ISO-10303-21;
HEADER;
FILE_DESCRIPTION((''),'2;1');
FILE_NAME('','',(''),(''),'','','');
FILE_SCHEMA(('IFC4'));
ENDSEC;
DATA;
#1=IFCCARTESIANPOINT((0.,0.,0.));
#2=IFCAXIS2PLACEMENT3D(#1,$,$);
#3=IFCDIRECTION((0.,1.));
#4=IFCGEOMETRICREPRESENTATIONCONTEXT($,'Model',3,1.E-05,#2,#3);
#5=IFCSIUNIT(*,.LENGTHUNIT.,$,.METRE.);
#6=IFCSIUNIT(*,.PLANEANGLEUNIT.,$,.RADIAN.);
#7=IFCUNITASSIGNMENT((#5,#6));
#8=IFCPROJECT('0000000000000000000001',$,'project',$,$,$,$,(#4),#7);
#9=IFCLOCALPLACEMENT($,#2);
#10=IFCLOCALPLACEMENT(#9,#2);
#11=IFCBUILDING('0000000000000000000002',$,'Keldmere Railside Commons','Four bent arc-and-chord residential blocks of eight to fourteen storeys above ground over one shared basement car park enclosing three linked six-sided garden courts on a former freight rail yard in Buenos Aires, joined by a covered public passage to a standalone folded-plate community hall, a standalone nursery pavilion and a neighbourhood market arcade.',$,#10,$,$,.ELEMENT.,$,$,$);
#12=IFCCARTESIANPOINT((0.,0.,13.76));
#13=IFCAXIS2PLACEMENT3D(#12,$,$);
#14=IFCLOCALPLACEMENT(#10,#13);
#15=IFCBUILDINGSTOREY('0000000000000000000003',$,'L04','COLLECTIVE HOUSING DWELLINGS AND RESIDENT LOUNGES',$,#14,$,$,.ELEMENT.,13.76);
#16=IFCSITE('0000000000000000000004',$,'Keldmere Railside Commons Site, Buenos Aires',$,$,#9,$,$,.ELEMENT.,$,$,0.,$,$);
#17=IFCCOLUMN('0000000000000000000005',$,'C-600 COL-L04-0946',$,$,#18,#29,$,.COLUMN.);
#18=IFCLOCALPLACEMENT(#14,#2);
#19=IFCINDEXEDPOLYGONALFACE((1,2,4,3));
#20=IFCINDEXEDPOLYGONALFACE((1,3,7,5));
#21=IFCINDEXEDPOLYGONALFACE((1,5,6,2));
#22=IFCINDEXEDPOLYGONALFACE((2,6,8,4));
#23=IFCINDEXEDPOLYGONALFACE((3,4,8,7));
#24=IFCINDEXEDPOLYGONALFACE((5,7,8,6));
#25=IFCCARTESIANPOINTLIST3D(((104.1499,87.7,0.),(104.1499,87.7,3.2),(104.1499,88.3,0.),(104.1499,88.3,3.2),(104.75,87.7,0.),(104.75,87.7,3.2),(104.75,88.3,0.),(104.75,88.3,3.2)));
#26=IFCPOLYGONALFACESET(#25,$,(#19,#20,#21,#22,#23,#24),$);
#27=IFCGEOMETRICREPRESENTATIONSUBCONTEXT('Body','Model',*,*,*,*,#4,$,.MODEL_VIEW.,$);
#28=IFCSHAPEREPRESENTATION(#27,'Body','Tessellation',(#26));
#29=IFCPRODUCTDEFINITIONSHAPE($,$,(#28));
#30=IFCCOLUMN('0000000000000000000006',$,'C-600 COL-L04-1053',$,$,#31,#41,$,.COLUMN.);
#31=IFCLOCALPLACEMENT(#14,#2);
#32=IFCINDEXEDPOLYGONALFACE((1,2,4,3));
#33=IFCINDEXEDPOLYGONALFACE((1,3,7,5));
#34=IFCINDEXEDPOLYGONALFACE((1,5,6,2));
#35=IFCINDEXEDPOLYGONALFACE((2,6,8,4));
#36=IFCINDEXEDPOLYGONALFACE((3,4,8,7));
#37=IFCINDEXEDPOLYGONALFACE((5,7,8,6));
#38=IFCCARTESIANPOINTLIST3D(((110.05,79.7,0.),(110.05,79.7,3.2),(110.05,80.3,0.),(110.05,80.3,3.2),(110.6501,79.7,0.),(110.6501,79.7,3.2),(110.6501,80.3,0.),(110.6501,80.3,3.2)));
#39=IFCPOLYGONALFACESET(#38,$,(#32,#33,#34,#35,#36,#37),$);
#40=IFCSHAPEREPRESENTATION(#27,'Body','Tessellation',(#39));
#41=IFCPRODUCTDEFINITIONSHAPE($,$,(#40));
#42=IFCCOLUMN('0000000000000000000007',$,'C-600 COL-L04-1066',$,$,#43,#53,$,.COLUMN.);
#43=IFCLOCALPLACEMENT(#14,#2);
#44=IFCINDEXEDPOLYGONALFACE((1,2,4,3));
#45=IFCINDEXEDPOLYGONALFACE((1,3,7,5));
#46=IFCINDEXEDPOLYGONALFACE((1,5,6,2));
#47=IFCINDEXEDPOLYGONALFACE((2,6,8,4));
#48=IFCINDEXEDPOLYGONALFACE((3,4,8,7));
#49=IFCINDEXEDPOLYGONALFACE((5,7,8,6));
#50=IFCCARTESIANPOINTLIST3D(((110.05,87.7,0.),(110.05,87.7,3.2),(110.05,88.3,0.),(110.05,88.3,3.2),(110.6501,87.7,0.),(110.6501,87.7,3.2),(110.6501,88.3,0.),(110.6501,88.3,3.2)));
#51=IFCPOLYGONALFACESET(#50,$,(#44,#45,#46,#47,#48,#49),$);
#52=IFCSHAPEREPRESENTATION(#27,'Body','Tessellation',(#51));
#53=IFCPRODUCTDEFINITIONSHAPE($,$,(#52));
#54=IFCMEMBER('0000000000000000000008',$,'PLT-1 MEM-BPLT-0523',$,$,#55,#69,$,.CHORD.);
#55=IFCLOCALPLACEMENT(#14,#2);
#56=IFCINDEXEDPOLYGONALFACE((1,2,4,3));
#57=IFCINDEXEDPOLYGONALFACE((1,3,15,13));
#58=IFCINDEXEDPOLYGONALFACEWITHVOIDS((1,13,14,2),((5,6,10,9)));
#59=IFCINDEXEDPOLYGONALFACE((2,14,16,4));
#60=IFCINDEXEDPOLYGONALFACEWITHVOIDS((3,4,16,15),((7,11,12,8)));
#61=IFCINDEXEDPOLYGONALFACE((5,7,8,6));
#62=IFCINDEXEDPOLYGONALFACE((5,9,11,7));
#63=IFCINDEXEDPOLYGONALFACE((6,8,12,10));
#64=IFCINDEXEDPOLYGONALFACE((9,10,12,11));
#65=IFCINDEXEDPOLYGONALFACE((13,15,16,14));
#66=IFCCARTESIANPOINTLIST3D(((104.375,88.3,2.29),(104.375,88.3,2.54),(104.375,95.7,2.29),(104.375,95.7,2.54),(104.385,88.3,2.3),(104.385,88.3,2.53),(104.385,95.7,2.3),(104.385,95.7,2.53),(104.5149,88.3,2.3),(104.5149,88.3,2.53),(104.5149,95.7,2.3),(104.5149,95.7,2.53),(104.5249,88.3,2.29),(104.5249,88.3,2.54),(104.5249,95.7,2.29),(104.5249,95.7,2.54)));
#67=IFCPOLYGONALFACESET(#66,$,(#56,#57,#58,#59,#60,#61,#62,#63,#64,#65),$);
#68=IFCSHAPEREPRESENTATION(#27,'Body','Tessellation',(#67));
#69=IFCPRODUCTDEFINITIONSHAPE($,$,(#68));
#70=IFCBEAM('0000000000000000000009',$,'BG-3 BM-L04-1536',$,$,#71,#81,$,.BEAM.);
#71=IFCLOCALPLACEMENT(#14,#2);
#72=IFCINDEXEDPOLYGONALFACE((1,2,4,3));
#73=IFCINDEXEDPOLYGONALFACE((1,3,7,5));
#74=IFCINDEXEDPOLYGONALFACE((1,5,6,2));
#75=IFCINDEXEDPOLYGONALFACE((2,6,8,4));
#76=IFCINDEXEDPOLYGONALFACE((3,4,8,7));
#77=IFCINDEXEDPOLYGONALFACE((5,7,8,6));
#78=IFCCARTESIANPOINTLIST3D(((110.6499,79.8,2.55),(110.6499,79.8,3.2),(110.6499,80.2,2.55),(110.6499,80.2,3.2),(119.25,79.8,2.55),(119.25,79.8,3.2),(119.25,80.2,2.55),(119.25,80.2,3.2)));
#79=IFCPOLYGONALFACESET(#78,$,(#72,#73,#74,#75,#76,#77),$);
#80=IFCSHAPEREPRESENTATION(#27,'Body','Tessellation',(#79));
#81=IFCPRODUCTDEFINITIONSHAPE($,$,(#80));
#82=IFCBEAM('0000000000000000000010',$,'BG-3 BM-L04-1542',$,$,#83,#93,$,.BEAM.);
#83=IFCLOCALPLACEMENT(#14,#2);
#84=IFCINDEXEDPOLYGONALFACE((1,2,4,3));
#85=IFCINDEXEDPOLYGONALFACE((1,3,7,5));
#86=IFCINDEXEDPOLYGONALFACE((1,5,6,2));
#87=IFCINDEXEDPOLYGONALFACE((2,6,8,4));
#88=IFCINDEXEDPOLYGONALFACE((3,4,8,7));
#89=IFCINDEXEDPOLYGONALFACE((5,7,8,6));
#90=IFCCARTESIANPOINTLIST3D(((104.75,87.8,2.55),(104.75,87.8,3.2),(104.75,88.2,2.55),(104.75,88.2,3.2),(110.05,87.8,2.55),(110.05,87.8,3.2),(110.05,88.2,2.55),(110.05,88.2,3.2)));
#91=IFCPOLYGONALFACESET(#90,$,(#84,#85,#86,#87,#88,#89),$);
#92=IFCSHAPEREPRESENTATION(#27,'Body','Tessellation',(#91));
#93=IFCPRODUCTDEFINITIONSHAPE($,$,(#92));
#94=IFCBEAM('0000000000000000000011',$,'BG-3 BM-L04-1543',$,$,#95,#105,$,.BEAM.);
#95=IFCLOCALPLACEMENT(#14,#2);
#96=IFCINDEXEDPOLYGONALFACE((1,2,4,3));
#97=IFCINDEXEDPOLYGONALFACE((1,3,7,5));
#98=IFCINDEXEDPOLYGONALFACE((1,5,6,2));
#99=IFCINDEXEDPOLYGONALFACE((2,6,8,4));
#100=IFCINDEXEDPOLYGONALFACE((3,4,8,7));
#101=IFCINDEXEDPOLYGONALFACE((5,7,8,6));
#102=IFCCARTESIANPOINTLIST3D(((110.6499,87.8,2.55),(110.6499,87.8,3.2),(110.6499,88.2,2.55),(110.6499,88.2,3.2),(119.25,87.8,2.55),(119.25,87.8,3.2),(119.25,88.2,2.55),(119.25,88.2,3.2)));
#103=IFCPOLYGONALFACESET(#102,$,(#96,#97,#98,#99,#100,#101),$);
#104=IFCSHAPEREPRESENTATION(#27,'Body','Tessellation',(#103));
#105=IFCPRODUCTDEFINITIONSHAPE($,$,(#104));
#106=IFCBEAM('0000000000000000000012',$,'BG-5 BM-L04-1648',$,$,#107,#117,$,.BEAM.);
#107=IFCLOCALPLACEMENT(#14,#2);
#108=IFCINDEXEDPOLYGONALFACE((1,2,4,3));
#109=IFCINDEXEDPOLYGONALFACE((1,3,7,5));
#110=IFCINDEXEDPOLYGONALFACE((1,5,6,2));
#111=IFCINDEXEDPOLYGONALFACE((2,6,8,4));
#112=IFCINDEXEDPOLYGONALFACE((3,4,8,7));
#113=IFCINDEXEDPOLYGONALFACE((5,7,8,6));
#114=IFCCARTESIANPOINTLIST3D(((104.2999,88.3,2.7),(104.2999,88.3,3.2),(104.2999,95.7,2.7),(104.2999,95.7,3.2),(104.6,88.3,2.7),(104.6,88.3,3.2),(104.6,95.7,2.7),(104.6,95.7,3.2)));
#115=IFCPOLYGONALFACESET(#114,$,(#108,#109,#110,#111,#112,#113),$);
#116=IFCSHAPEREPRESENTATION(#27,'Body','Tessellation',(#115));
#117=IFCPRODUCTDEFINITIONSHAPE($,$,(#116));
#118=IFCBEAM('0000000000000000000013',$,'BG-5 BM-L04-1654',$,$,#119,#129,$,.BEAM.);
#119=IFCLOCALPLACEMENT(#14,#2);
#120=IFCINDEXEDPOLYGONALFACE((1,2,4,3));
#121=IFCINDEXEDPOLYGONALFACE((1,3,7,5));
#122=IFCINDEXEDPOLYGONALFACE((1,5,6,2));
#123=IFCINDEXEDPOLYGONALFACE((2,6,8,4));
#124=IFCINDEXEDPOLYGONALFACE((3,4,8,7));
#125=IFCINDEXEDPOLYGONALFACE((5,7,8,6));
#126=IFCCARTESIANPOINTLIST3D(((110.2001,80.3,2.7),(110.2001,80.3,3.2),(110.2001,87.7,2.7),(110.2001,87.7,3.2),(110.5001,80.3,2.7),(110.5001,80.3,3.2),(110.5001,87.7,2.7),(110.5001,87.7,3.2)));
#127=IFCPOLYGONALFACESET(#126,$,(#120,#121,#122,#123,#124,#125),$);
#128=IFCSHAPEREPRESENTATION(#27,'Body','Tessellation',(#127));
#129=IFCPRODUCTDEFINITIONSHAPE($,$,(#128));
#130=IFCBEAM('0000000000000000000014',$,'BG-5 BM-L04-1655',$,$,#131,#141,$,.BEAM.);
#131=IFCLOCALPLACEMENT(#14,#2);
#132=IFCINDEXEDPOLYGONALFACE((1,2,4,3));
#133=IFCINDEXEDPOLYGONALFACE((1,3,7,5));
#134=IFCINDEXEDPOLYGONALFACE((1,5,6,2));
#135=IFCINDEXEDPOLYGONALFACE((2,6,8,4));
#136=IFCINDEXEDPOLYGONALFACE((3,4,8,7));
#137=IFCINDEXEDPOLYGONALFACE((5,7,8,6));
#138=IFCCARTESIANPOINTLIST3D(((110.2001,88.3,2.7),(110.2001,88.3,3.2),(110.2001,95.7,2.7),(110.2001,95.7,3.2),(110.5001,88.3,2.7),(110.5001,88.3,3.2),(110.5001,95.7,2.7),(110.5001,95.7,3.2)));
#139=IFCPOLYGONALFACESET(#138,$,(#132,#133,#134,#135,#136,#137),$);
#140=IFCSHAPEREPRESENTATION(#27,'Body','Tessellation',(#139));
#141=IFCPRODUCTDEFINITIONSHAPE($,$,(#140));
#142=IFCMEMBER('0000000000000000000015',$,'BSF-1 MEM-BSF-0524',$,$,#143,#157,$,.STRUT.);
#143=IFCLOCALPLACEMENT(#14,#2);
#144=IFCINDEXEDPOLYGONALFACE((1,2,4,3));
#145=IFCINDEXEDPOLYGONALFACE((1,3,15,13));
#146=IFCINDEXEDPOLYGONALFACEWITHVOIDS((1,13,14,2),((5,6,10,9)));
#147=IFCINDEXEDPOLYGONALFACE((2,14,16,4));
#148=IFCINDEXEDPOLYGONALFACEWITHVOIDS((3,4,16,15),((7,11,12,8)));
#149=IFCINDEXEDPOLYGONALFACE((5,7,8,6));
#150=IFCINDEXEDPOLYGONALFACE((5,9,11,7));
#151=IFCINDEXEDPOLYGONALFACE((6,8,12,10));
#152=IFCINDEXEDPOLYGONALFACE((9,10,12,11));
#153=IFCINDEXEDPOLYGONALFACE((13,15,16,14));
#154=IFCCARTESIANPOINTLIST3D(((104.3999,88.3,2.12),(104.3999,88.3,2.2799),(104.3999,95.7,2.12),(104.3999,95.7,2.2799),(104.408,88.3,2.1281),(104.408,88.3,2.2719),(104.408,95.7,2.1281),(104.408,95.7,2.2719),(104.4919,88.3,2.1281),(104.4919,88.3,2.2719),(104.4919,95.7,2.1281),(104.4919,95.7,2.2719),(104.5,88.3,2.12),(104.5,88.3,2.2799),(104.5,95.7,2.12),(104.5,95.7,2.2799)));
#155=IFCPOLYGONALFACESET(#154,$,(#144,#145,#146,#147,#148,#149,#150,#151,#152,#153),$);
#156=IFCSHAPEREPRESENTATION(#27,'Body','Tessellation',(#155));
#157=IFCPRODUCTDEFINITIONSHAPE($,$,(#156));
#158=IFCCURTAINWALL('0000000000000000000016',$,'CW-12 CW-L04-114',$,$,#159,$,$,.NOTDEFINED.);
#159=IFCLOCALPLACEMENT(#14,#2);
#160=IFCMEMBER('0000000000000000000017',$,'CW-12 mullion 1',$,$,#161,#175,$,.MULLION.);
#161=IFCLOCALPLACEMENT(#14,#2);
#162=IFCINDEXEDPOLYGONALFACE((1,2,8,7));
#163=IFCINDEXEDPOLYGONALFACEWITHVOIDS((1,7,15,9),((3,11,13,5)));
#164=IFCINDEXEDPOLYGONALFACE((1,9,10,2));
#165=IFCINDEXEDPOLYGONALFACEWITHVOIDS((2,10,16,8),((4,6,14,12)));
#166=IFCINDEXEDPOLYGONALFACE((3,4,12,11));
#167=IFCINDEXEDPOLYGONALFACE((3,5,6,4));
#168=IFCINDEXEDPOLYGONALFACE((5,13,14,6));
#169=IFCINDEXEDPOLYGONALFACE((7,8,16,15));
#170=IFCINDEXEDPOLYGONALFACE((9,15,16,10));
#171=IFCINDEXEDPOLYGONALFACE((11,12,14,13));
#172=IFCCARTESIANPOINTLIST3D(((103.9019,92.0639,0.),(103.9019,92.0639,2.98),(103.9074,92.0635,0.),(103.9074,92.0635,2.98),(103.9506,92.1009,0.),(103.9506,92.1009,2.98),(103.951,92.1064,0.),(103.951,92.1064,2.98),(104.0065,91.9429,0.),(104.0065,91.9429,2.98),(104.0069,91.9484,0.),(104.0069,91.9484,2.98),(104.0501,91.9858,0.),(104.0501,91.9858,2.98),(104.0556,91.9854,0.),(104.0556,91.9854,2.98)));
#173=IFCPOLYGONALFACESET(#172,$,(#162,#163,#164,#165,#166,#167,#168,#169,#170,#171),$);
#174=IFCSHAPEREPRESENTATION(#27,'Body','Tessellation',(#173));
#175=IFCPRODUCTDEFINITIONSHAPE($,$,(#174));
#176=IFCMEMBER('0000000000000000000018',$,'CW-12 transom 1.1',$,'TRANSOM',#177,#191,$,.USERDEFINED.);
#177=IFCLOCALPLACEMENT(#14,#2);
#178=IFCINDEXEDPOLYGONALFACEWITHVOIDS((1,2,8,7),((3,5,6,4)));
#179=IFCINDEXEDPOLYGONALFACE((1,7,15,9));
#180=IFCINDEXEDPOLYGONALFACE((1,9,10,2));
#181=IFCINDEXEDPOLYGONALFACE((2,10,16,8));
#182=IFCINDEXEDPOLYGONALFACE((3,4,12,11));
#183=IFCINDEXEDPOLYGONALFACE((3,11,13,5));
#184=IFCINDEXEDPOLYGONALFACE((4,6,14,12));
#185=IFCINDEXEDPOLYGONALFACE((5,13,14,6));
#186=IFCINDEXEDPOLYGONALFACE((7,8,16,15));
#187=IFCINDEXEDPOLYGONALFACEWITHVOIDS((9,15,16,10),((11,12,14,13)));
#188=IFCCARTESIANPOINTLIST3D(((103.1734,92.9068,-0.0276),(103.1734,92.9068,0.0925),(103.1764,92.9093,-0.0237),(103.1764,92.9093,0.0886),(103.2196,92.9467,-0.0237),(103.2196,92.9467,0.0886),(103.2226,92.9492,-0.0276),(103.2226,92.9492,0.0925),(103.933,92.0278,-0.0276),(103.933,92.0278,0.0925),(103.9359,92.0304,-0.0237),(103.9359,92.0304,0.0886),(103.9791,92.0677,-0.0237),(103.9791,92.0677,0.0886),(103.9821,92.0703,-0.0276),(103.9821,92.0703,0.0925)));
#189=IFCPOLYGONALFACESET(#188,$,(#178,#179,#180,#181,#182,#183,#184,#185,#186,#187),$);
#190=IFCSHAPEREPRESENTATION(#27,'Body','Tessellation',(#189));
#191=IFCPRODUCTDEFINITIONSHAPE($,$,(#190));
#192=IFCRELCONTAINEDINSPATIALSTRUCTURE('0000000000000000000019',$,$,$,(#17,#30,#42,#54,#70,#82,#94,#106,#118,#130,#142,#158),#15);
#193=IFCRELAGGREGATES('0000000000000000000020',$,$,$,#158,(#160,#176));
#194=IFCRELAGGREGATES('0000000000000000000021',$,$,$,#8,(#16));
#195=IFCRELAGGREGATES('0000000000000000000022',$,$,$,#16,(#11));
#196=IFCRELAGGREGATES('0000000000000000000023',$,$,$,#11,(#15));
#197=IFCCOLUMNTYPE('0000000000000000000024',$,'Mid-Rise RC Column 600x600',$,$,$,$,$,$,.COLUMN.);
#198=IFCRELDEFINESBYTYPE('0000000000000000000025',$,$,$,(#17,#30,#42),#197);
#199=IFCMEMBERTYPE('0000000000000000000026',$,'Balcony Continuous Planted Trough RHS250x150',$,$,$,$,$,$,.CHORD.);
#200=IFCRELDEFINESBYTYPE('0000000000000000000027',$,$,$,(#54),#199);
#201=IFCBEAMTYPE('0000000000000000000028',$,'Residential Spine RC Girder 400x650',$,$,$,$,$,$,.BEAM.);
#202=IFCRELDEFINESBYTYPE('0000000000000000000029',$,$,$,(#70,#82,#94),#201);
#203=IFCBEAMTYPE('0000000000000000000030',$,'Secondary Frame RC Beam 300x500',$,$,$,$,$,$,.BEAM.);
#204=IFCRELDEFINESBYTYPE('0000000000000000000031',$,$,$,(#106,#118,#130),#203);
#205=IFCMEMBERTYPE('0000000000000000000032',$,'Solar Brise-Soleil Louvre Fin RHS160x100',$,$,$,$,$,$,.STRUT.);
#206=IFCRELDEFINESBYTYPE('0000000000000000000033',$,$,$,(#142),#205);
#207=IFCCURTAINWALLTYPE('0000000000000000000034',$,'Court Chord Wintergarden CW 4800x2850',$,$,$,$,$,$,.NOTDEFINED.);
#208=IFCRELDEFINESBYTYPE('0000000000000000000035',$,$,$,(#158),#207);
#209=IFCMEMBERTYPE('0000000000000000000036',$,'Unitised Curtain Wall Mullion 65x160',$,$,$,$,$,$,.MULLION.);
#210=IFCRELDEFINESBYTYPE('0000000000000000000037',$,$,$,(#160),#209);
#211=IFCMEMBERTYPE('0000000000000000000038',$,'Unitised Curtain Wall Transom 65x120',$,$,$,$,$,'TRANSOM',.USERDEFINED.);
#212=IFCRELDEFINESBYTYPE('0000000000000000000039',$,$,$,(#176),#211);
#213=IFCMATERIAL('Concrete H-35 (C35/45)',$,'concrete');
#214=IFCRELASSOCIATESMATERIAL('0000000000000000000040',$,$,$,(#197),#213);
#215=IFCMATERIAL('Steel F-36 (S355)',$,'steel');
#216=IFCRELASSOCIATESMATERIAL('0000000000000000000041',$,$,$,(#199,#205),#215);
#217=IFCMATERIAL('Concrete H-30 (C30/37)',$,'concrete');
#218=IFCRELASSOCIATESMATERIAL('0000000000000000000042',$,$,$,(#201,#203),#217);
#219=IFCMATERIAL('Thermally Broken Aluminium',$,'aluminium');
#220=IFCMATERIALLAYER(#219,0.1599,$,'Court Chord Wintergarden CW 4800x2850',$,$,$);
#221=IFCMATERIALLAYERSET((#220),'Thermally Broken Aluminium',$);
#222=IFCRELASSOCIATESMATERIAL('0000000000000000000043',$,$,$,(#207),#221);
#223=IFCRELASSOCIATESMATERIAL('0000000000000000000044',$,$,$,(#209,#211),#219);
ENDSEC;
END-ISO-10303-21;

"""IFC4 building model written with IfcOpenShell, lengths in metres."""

from ifc_helpers import new_model, si_unit, direction, frame, origin, origin_2d, place, context, subcontext, project, spatial, rectangle, hollow_rectangle, extrude, material, layer, layer_set, material_profile, profile_set, type_object, element, aggregate, save


model = new_model("IFC4")

# Units and contexts
model_context = context("Model", 3, precision=1e-05, world=origin(), true_north=direction((0.0, 1.0)))
body_context = subcontext(model_context, "Body", "Model", "MODEL_VIEW")
ifc_project = project(units=[si_unit("LENGTHUNIT", "METRE"), si_unit("PLANEANGLEUNIT", "RADIAN")], contexts=[model_context])

# Site, building, storey
site_placement = place(None, origin())
site = spatial("IfcSite", under=ifc_project, at=site_placement, Name="Keldmere Railside Commons Site, Buenos Aires", CompositionType="ELEMENT", RefElevation=0.0)
building_placement = place(site_placement, origin())
building = spatial("IfcBuilding", under=site, at=building_placement, Name="Keldmere Railside Commons", Description="Four bent arc-and-chord residential blocks of eight to fourteen storeys above ground over one shared basement car park enclosing three linked six-sided garden courts on a former freight rail yard in Buenos Aires, joined by a covered public passage to a standalone folded-plate community hall, a standalone nursery pavilion and a neighbourhood market arcade.", CompositionType="ELEMENT")
storey_placement = place(building_placement, frame((0.0, 0.0, 13.76)))
storey = spatial("IfcBuildingStorey", under=building, at=storey_placement, Name="L04", Description="COLLECTIVE HOUSING DWELLINGS AND RESIDENT LOUNGES", CompositionType="ELEMENT", Elevation=13.76)

# Columns
ifc_material_1 = material(Name="Concrete H-35 (C35/45)", Category="concrete")
ifc_material_profile_1 = material_profile(ifc_material_1, rectangle(XDim=0.6001, YDim=0.6001, at=origin_2d()), Name="RC-600x600")
ifc_profile_set_1 = profile_set([ifc_material_profile_1], Name="Concrete H-35 (C35/45)")
column_type = type_object("IfcColumnType", Name="Mid-Rise RC Column 600x600", PredefinedType="COLUMN", material=ifc_profile_set_1)
for number, where, z_axis, x_axis, name in (
    (1, (104.45, 88.0, 0.0), (0.0, 0.0, 1.0), (1.0, 0.0, 0.0), "C-600 COL-L04-0946"),
    (2, (110.3501, 80.0, 0.0), (0.0, 0.0, 1.0), (1.0, 0.0, 0.0), "C-600 COL-L04-1053"),
    (3, (110.3501, 88.0, 0.0), (0.0, 0.0, 1.0), (1.0, 0.0, 0.0), "C-600 COL-L04-1066"),
):
    element("IfcColumn", number, at=place(storey_placement, frame(where, z_axis=z_axis, x_axis=x_axis)), inside=storey, type_object=column_type, Name=name, PredefinedType="COLUMN", context=body_context, shape_type="SweptSolid", body=[
        extrude(rectangle(XDim=0.6001, YDim=0.6001, at=origin_2d()), origin(), (0.0, 0.0, 1.0), 3.2),
    ])

# Member
ifc_material_2 = material(Name="Steel F-36 (S355)", Category="steel")
ifc_material_profile_2 = material_profile(ifc_material_2, hollow_rectangle(XDim=0.1499, YDim=0.25, WallThickness=0.01, at=origin_2d()), Name="RHS-250x150x10")
ifc_profile_set_2 = profile_set([ifc_material_profile_2], Name="Steel F-36 (S355)")
member_type_1 = type_object("IfcMemberType", Name="Balcony Continuous Planted Trough RHS250x150", PredefinedType="CHORD", material=ifc_profile_set_2)
member_1_placement = place(storey_placement, frame((104.45, 88.3, 2.415), z_axis=(0.0, 1.0, 0.0), x_axis=(-1.0, 0.0, 0.0)))
element("IfcMember", 4, at=member_1_placement, inside=storey, type_object=member_type_1, Name="PLT-1 MEM-BPLT-0523", PredefinedType="CHORD", context=body_context, shape_type="SweptSolid", body=[
    extrude(hollow_rectangle(XDim=0.1499, YDim=0.25, WallThickness=0.01, at=origin_2d()), origin(), (0.0, 0.0, 1.0), 7.3999),
])

# Beams
ifc_material_3 = material(Name="Concrete H-30 (C30/37)", Category="concrete")
ifc_material_profile_3 = material_profile(ifc_material_3, rectangle(XDim=0.3999, YDim=0.6499, at=origin_2d()), Name="RC-400x650")
ifc_profile_set_3 = profile_set([ifc_material_profile_3], Name="Concrete H-30 (C30/37)")
beam_type_1 = type_object("IfcBeamType", Name="Residential Spine RC Girder 400x650", PredefinedType="BEAM", material=ifc_profile_set_3)
beam_1_placement = place(storey_placement, frame((110.6499, 80.0, 2.875), z_axis=(1.0, 0.0, 0.0), x_axis=(0.0, 1.0, 0.0)))
element("IfcBeam", 5, at=beam_1_placement, inside=storey, type_object=beam_type_1, Name="BG-3 BM-L04-1536", PredefinedType="BEAM", context=body_context, shape_type="SweptSolid", body=[
    extrude(rectangle(XDim=0.3999, YDim=0.6499, at=origin_2d()), origin(), (0.0, 0.0, 1.0), 8.6001),
])
beam_2_placement = place(storey_placement, frame((104.75, 88.0, 2.875), z_axis=(1.0, 0.0, 0.0), x_axis=(0.0, 1.0, 0.0)))
element("IfcBeam", 6, at=beam_2_placement, inside=storey, type_object=beam_type_1, Name="BG-3 BM-L04-1542", PredefinedType="BEAM", context=body_context, shape_type="SweptSolid", body=[
    extrude(rectangle(XDim=0.3999, YDim=0.6499, at=origin_2d()), origin(), (0.0, 0.0, 1.0), 5.3),
])
beam_3_placement = place(storey_placement, frame((110.6499, 88.0, 2.875), z_axis=(1.0, 0.0, 0.0), x_axis=(0.0, 1.0, 0.0)))
element("IfcBeam", 7, at=beam_3_placement, inside=storey, type_object=beam_type_1, Name="BG-3 BM-L04-1543", PredefinedType="BEAM", context=body_context, shape_type="SweptSolid", body=[
    extrude(rectangle(XDim=0.3999, YDim=0.6499, at=origin_2d()), origin(), (0.0, 0.0, 1.0), 8.6001),
])
ifc_material_profile_4 = material_profile(ifc_material_3, rectangle(XDim=0.3, YDim=0.5, at=origin_2d()), Name="RC-300x500")
ifc_profile_set_4 = profile_set([ifc_material_profile_4], Name="Concrete H-30 (C30/37)")
beam_type_2 = type_object("IfcBeamType", Name="Secondary Frame RC Beam 300x500", PredefinedType="BEAM", material=ifc_profile_set_4)
for number, where, z_axis, x_axis, name in (
    (8, (104.45, 88.3, 2.95), (0.0, 1.0, 0.0), (-1.0, 0.0, 0.0), "BG-5 BM-L04-1648"),
    (9, (110.3501, 80.3, 2.95), (0.0, 1.0, 0.0), (-1.0, 0.0, 0.0), "BG-5 BM-L04-1654"),
    (10, (110.3501, 88.3, 2.95), (0.0, 1.0, 0.0), (-1.0, 0.0, 0.0), "BG-5 BM-L04-1655"),
):
    element("IfcBeam", number, at=place(storey_placement, frame(where, z_axis=z_axis, x_axis=x_axis)), inside=storey, type_object=beam_type_2, Name=name, PredefinedType="BEAM", context=body_context, shape_type="SweptSolid", body=[
        extrude(rectangle(XDim=0.3, YDim=0.5, at=origin_2d()), origin(), (0.0, 0.0, 1.0), 7.3999),
    ])

# Member
ifc_material_profile_5 = material_profile(ifc_material_2, hollow_rectangle(XDim=0.1001, YDim=0.1599, WallThickness=0.0081, at=origin_2d()), Name="RHS-160x100x8")
ifc_profile_set_5 = profile_set([ifc_material_profile_5], Name="Steel F-36 (S355)")
member_type_2 = type_object("IfcMemberType", Name="Solar Brise-Soleil Louvre Fin RHS160x100", PredefinedType="STRUT", material=ifc_profile_set_5)
member_2_placement = place(storey_placement, frame((104.45, 88.3, 2.2), z_axis=(0.0, 1.0, 0.0), x_axis=(-1.0, 0.0, 0.0)))
element("IfcMember", 11, at=member_2_placement, inside=storey, type_object=member_type_2, Name="BSF-1 MEM-BSF-0524", PredefinedType="STRUT", context=body_context, shape_type="SweptSolid", body=[
    extrude(hollow_rectangle(XDim=0.1001, YDim=0.1599, WallThickness=0.0081, at=origin_2d()), origin(), (0.0, 0.0, 1.0), 7.3999),
])

# Curtain wall, members
ifc_material_4 = material(Name="Thermally Broken Aluminium", Category="aluminium")
ifc_layer_1 = layer(ifc_material_4, 0.1599, Name="Court Chord Wintergarden CW 4800x2850")
ifc_layer_set_1 = layer_set([ifc_layer_1], Name="Thermally Broken Aluminium")
curtain_wall_type = type_object("IfcCurtainWallType", Name="Court Chord Wintergarden CW 4800x2850", PredefinedType="NOTDEFINED", material=ifc_layer_set_1)
curtain_wall_placement = place(storey_placement, origin())
curtain_wall = element("IfcCurtainWall", 12, at=curtain_wall_placement, inside=storey, type_object=curtain_wall_type, Name="CW-12 CW-L04-114", PredefinedType="NOTDEFINED")
ifc_material_profile_6 = material_profile(ifc_material_4, hollow_rectangle(XDim=0.0649, YDim=0.1599, WallThickness=0.0039, at=origin_2d()), Name="ALU-MULL-65x160")
ifc_profile_set_6 = profile_set([ifc_material_profile_6], Name="Thermally Broken Aluminium")
member_type_3 = type_object("IfcMemberType", Name="Unitised Curtain Wall Mullion 65x160", PredefinedType="MULLION", material=ifc_profile_set_6)
member_3_placement = place(storey_placement, frame((103.9788, 92.0247, 0.0), z_axis=(0.0, 0.0, 1.0), x_axis=(-0.756597, -0.653882, 0.0)))
member_3 = element("IfcMember", 13, at=member_3_placement, type_object=member_type_3, Name="CW-12 mullion 1", PredefinedType="MULLION", context=body_context, shape_type="SweptSolid", body=[
    extrude(hollow_rectangle(XDim=0.0649, YDim=0.1599, WallThickness=0.0039, at=origin_2d()), origin(), (0.0, 0.0, 1.0), 2.98),
])
ifc_material_profile_7 = material_profile(ifc_material_4, hollow_rectangle(XDim=0.0649, YDim=0.1201, WallThickness=0.0039, at=origin_2d()), Name="ALU-TRAN-65x120")
ifc_profile_set_7 = profile_set([ifc_material_profile_7], Name="Thermally Broken Aluminium")
member_type_4 = type_object("IfcMemberType", Name="Unitised Curtain Wall Transom 65x120", ElementType="TRANSOM", PredefinedType="USERDEFINED", material=ifc_profile_set_7)
member_4_placement = place(storey_placement, frame((103.9575, 92.0491, 0.0325), z_axis=(-0.65385, 0.756624, 0.0), x_axis=(-0.756624, -0.65385, 0.0)))
member_4 = element("IfcMember", 14, at=member_4_placement, type_object=member_type_4, Name="CW-12 transom 1.1", ObjectType="TRANSOM", PredefinedType="USERDEFINED", context=body_context, shape_type="SweptSolid", body=[
    extrude(hollow_rectangle(XDim=0.0649, YDim=0.1201, WallThickness=0.0039, at=origin_2d()), origin(), (0.0, 0.0, 1.0), 1.1616),
])
aggregate(curtain_wall, [member_3, member_4])

save(model, "model.ifc")
